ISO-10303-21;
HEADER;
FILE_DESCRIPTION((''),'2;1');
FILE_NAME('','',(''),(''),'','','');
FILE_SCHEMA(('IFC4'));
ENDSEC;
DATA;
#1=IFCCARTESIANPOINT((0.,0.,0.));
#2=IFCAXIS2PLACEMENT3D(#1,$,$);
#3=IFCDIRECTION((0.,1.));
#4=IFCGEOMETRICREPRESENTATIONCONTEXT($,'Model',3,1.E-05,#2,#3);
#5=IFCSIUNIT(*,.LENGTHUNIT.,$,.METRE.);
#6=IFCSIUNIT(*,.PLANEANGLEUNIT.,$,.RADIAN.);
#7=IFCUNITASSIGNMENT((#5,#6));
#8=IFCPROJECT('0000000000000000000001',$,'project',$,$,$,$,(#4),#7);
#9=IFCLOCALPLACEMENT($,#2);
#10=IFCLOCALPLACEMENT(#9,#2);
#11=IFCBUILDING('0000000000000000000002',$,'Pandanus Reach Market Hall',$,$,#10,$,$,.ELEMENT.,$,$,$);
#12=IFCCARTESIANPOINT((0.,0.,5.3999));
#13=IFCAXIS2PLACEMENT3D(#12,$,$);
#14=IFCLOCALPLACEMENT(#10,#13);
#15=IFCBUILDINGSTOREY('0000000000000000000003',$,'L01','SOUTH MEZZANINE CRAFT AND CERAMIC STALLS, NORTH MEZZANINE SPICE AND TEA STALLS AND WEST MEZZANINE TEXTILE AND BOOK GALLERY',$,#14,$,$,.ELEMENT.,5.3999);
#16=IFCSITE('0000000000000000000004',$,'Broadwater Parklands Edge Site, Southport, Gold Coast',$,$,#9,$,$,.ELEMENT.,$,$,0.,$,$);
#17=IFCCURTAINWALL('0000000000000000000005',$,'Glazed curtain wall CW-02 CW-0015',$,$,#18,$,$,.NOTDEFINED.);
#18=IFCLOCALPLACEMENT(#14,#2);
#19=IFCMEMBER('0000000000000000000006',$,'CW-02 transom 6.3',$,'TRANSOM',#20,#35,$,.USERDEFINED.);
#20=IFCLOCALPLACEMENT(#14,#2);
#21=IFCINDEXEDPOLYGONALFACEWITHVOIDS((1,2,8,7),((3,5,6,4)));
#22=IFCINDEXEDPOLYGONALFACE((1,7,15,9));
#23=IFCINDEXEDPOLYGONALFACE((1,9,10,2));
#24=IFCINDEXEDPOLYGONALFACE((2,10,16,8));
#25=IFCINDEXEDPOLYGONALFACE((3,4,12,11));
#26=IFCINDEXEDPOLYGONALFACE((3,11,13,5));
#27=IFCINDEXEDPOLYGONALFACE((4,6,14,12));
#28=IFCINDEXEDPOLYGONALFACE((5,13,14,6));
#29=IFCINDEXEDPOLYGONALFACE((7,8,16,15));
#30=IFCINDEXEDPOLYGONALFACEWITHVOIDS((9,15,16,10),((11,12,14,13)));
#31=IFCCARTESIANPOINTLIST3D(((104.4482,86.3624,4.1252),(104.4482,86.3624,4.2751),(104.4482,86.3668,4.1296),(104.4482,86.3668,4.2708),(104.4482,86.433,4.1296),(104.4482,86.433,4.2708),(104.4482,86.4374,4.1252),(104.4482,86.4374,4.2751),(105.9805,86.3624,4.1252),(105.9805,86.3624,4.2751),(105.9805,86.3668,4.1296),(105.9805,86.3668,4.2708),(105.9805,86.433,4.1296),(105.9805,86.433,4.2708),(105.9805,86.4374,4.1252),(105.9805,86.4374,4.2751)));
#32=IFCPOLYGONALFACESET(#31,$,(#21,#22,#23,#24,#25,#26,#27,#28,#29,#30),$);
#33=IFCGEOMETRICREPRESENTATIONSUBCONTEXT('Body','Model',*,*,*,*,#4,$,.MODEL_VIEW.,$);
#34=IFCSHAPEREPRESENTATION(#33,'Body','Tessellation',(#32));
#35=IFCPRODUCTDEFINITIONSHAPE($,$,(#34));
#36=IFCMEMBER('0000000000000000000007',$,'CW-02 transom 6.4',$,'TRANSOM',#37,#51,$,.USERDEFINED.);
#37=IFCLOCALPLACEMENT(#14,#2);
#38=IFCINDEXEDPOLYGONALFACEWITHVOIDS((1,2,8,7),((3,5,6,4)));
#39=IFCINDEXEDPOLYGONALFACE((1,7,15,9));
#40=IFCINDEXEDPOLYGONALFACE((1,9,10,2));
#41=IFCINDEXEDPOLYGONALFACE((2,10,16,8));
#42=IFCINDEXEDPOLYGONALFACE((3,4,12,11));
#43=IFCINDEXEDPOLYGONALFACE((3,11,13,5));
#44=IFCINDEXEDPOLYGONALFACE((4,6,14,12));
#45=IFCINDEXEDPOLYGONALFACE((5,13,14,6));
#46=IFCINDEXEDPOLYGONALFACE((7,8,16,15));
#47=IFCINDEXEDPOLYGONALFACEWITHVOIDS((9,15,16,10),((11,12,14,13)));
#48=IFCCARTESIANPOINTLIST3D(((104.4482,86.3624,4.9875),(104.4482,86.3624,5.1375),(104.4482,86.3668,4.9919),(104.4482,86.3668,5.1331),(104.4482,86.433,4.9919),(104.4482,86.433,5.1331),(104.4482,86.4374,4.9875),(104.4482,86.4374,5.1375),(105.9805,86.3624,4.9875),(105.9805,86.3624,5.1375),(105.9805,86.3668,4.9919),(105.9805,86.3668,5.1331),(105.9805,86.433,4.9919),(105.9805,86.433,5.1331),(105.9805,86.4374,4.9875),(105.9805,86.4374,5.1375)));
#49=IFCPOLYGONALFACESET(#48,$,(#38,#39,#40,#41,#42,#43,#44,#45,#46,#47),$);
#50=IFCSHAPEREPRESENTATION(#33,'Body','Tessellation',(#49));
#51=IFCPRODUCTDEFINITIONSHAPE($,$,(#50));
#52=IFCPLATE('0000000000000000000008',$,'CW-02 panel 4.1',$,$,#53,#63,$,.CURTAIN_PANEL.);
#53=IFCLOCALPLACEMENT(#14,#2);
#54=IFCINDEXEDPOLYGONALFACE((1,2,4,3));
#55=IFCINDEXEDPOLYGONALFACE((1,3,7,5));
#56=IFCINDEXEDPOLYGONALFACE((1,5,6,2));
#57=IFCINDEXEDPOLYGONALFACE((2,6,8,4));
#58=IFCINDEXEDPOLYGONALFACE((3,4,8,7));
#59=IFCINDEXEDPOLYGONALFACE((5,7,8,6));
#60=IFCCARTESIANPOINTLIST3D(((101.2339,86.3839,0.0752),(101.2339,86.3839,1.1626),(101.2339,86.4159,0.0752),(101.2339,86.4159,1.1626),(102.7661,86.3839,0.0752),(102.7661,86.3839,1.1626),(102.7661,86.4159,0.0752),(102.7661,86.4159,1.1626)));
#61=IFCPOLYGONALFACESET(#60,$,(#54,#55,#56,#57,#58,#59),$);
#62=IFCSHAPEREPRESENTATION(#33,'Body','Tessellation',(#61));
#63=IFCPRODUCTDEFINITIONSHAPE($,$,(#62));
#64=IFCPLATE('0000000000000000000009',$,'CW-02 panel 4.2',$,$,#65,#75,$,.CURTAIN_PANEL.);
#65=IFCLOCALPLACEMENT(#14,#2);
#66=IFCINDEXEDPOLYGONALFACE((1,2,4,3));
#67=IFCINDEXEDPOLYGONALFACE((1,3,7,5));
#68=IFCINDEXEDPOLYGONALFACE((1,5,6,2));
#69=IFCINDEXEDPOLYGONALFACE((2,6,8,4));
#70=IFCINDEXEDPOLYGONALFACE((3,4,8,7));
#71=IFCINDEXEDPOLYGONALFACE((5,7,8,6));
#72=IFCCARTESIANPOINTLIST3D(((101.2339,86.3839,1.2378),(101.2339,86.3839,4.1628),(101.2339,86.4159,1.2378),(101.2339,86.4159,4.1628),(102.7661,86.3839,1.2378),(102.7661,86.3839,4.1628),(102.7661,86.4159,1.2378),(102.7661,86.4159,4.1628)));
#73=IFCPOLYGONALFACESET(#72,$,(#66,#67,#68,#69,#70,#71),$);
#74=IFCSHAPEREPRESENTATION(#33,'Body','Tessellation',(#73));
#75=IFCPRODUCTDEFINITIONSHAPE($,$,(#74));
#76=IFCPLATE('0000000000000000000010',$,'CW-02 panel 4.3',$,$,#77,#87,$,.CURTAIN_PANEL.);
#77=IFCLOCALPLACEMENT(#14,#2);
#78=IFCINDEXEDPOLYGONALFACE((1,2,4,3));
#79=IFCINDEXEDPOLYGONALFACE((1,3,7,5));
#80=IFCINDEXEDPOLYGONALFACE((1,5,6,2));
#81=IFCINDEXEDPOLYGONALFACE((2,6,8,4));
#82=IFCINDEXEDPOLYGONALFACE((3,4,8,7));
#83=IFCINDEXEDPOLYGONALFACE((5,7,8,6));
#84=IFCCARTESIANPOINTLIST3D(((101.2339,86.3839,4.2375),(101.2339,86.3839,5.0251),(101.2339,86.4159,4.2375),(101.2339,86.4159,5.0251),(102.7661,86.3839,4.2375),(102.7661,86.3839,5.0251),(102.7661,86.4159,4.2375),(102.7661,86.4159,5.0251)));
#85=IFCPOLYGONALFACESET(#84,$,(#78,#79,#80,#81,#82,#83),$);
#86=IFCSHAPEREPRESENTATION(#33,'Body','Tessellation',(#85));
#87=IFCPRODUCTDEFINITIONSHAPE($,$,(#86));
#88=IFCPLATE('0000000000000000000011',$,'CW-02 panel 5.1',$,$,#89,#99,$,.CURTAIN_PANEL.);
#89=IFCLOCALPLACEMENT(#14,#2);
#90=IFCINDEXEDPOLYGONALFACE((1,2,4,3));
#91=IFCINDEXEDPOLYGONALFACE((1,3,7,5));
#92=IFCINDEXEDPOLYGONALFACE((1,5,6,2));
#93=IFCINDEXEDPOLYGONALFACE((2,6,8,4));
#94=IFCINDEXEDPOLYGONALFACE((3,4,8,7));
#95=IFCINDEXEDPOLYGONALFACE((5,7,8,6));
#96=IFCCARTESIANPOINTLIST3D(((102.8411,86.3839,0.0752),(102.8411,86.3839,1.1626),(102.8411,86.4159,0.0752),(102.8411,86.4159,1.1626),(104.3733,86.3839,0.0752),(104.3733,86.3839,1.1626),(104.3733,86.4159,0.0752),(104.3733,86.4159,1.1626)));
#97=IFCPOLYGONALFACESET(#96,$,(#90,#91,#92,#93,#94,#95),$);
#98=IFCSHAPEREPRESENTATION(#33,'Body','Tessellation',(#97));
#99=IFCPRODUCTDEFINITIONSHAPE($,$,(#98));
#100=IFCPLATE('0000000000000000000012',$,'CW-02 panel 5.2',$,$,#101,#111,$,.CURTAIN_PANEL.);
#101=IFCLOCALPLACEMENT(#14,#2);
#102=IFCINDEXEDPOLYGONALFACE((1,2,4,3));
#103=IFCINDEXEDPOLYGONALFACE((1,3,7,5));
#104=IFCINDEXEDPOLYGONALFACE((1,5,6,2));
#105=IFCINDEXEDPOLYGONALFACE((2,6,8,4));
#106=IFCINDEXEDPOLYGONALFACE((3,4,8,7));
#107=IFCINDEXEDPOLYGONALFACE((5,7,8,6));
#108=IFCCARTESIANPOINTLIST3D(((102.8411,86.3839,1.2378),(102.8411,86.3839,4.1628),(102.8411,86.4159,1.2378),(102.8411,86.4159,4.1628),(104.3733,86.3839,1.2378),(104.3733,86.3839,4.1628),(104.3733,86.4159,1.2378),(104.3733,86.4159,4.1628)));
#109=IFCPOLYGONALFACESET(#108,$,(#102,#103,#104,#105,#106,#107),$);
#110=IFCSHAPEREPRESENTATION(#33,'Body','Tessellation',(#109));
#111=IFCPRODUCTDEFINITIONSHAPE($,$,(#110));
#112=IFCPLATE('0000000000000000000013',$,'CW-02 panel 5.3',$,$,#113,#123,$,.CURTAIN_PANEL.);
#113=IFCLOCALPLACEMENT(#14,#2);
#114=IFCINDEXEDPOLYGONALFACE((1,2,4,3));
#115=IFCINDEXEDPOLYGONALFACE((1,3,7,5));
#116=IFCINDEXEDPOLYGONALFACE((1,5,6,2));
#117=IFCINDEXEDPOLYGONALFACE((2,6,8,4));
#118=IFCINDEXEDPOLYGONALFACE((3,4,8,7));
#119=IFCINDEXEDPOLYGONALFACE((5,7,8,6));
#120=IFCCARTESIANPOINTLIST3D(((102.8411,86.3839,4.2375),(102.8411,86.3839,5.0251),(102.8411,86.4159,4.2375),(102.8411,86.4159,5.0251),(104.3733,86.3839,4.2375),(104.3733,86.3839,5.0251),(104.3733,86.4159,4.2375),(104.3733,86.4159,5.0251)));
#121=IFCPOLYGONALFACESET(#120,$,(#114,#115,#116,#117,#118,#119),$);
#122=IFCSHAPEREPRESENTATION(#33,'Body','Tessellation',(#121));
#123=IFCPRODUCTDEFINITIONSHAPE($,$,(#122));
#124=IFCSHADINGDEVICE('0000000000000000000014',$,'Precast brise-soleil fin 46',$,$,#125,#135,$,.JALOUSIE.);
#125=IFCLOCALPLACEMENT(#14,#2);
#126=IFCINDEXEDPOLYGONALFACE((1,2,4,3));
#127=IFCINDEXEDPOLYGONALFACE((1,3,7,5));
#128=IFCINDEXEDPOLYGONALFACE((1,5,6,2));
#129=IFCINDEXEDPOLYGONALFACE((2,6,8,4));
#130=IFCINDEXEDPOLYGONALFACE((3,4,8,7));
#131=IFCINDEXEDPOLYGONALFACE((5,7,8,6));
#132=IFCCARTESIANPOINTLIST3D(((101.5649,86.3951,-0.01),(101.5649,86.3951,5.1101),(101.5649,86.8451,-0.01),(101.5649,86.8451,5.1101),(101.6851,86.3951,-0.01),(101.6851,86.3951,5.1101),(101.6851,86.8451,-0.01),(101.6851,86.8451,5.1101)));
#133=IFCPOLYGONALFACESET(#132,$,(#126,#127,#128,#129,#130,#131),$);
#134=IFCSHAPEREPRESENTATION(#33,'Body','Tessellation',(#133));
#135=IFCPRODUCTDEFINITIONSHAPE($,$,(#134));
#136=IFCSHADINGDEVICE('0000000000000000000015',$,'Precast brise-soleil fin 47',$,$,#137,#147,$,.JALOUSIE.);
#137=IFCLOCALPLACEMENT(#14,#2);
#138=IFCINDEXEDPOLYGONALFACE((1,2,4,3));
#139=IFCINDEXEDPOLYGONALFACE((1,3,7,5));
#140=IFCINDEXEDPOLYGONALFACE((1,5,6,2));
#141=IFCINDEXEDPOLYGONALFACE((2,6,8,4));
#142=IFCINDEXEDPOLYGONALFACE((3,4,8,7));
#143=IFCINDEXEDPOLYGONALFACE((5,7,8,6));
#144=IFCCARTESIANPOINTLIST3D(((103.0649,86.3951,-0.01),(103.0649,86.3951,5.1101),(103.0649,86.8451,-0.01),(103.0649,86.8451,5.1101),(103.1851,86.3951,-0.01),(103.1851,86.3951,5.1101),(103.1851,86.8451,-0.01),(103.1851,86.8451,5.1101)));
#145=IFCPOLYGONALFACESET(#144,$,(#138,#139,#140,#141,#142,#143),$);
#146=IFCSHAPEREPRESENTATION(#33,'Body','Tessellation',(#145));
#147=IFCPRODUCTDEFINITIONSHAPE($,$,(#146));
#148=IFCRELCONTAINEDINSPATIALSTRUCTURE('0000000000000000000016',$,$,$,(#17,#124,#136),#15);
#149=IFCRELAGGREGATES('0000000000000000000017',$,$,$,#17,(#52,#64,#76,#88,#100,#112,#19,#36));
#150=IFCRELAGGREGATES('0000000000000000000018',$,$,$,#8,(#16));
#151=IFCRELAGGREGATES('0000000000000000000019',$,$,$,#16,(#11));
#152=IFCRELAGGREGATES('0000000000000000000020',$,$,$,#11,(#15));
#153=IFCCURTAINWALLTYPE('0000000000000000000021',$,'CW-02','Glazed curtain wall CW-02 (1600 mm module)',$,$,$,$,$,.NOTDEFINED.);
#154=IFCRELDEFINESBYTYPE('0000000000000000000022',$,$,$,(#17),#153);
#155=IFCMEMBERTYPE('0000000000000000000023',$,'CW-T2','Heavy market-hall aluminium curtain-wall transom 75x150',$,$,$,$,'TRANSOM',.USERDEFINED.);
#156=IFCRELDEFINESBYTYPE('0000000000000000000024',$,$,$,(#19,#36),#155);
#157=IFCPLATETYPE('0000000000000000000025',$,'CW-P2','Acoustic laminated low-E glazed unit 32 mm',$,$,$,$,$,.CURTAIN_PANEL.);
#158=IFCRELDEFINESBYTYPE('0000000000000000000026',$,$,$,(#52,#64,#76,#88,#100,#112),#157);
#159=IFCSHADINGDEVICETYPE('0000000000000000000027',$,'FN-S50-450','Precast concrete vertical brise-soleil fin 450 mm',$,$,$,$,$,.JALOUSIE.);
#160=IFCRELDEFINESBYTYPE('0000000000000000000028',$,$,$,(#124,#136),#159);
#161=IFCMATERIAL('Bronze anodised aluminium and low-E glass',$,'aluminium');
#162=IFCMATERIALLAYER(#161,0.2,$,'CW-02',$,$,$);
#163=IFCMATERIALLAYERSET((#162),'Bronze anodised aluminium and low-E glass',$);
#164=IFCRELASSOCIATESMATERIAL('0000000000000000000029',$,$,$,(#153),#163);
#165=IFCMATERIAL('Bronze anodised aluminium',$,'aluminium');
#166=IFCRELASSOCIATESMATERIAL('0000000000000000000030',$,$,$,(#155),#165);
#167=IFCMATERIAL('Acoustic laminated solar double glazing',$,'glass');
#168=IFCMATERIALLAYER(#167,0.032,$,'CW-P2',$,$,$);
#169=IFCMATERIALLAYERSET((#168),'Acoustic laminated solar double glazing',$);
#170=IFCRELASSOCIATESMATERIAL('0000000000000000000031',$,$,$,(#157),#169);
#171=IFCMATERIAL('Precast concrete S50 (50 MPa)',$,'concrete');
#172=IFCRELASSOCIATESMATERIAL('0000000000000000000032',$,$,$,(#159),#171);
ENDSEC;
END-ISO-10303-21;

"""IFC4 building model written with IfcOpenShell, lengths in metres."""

from ifc_helpers import new_model, si_unit, direction, frame, origin, origin_2d, place, context, subcontext, project, spatial, rectangle, hollow_rectangle, extrude, material, layer, layer_set, material_profile, profile_set, type_object, element, aggregate, save


model = new_model("IFC4")

# Units and contexts
model_context = context("Model", 3, precision=1e-05, world=origin(), true_north=direction((0.0, 1.0)))
body_context = subcontext(model_context, "Body", "Model", "MODEL_VIEW")
ifc_project = project(units=[si_unit("LENGTHUNIT", "METRE"), si_unit("PLANEANGLEUNIT", "RADIAN")], contexts=[model_context])

# Site, building, storey
site_placement = place(None, origin())
site = spatial("IfcSite", under=ifc_project, at=site_placement, Name="Broadwater Parklands Edge Site, Southport, Gold Coast", CompositionType="ELEMENT", RefElevation=0.0)
building_placement = place(site_placement, origin())
building = spatial("IfcBuilding", under=site, at=building_placement, Name="Pandanus Reach Market Hall", CompositionType="ELEMENT")
storey_placement = place(building_placement, frame((0.0, 0.0, 5.3999)))
storey = spatial("IfcBuildingStorey", under=building, at=storey_placement, Name="L01", Description="SOUTH MEZZANINE CRAFT AND CERAMIC STALLS, NORTH MEZZANINE SPICE AND TEA STALLS AND WEST MEZZANINE TEXTILE AND BOOK GALLERY", CompositionType="ELEMENT", Elevation=5.3999)

# Curtain wall, members, plates
ifc_material_1 = material(Name="Bronze anodised aluminium and low-E glass", Category="aluminium")
ifc_layer_1 = layer(ifc_material_1, 0.2, Name="CW-02")
ifc_layer_set_1 = layer_set([ifc_layer_1], Name="Bronze anodised aluminium and low-E glass")
curtain_wall_type = type_object("IfcCurtainWallType", Name="CW-02", Description="Glazed curtain wall CW-02 (1600 mm module)", PredefinedType="NOTDEFINED", material=ifc_layer_set_1)
curtain_wall_placement = place(storey_placement, origin())
curtain_wall = element("IfcCurtainWall", 1, at=curtain_wall_placement, inside=storey, type_object=curtain_wall_type, Name="Glazed curtain wall CW-02 CW-0015", PredefinedType="NOTDEFINED")
ifc_material_2 = material(Name="Bronze anodised aluminium", Category="aluminium")
ifc_material_profile_1 = material_profile(ifc_material_2, hollow_rectangle(XDim=0.075, YDim=0.1499, WallThickness=0.0044, at=origin_2d()), Name="ALU75x150", Category="LoadBearing")
ifc_profile_set_1 = profile_set([ifc_material_profile_1], Name="Bronze anodised aluminium")
member_type_1 = type_object("IfcMemberType", Name="CW-T2", Description="Heavy market-hall aluminium curtain-wall transom 75x150", ElementType="TRANSOM", PredefinedType="USERDEFINED", material=ifc_profile_set_1)
member_1_placement = place(storey_placement, frame((104.4482, 86.3999, 4.2002), z_axis=(1.0, 0.0, 0.0), x_axis=(0.0, 1.0, 0.0)))
member_1 = element("IfcMember", 2, at=member_1_placement, type_object=member_type_1, Name="CW-02 transom 6.3", ObjectType="TRANSOM", PredefinedType="USERDEFINED", context=body_context, shape_type="SweptSolid", body=[
    extrude(hollow_rectangle(XDim=0.075, YDim=0.1499, WallThickness=0.0044, at=origin_2d()), origin(), (0.0, 0.0, 1.0), 1.5322),
])
member_2_placement = place(storey_placement, frame((104.4482, 86.3999, 5.0625), z_axis=(1.0, 0.0, 0.0), x_axis=(0.0, 1.0, 0.0)))
member_2 = element("IfcMember", 3, at=member_2_placement, type_object=member_type_1, Name="CW-02 transom 6.4", ObjectType="TRANSOM", PredefinedType="USERDEFINED", context=body_context, shape_type="SweptSolid", body=[
    extrude(hollow_rectangle(XDim=0.075, YDim=0.1499, WallThickness=0.0044, at=origin_2d()), origin(), (0.0, 0.0, 1.0), 1.5322),
])
ifc_material_3 = material(Name="Acoustic laminated solar double glazing", Category="glass")
ifc_layer_2 = layer(ifc_material_3, 0.032, Name="CW-P2")
ifc_layer_set_2 = layer_set([ifc_layer_2], Name="Acoustic laminated solar double glazing")
plate_type = type_object("IfcPlateType", Name="CW-P2", Description="Acoustic laminated low-E glazed unit 32 mm", PredefinedType="CURTAIN_PANEL", material=ifc_layer_set_2)
plate_1_placement = place(storey_placement, frame((102.0, 86.3999, 0.0752), z_axis=(0.0, 0.0, 1.0), x_axis=(1.0, 0.0, 0.0)))
plate_1 = element("IfcPlate", 4, at=plate_1_placement, type_object=plate_type, Name="CW-02 panel 4.1", PredefinedType="CURTAIN_PANEL", context=body_context, shape_type="SweptSolid", body=[
    extrude(rectangle(XDim=1.5322, YDim=0.032, at=origin_2d()), origin(), (0.0, 0.0, 1.0), 1.0874),
])
plate_2_placement = place(storey_placement, frame((102.0, 86.3999, 1.2378), z_axis=(0.0, 0.0, 1.0), x_axis=(1.0, 0.0, 0.0)))
plate_2 = element("IfcPlate", 5, at=plate_2_placement, type_object=plate_type, Name="CW-02 panel 4.2", PredefinedType="CURTAIN_PANEL", context=body_context, shape_type="SweptSolid", body=[
    extrude(rectangle(XDim=1.5322, YDim=0.032, at=origin_2d()), origin(), (0.0, 0.0, 1.0), 2.925),
])
plate_3_placement = place(storey_placement, frame((102.0, 86.3999, 4.2375), z_axis=(0.0, 0.0, 1.0), x_axis=(1.0, 0.0, 0.0)))
plate_3 = element("IfcPlate", 6, at=plate_3_placement, type_object=plate_type, Name="CW-02 panel 4.3", PredefinedType="CURTAIN_PANEL", context=body_context, shape_type="SweptSolid", body=[
    extrude(rectangle(XDim=1.5322, YDim=0.032, at=origin_2d()), origin(), (0.0, 0.0, 1.0), 0.7876),
])
plate_4_placement = place(storey_placement, frame((103.6072, 86.3999, 0.0752), z_axis=(0.0, 0.0, 1.0), x_axis=(1.0, 0.0, 0.0)))
plate_4 = element("IfcPlate", 7, at=plate_4_placement, type_object=plate_type, Name="CW-02 panel 5.1", PredefinedType="CURTAIN_PANEL", context=body_context, shape_type="SweptSolid", body=[
    extrude(rectangle(XDim=1.5322, YDim=0.032, at=origin_2d()), origin(), (0.0, 0.0, 1.0), 1.0874),
])
plate_5_placement = place(storey_placement, frame((103.6072, 86.3999, 1.2378), z_axis=(0.0, 0.0, 1.0), x_axis=(1.0, 0.0, 0.0)))
plate_5 = element("IfcPlate", 8, at=plate_5_placement, type_object=plate_type, Name="CW-02 panel 5.2", PredefinedType="CURTAIN_PANEL", context=body_context, shape_type="SweptSolid", body=[
    extrude(rectangle(XDim=1.5322, YDim=0.032, at=origin_2d()), origin(), (0.0, 0.0, 1.0), 2.925),
])
plate_6_placement = place(storey_placement, frame((103.6072, 86.3999, 4.2375), z_axis=(0.0, 0.0, 1.0), x_axis=(1.0, 0.0, 0.0)))
plate_6 = element("IfcPlate", 9, at=plate_6_placement, type_object=plate_type, Name="CW-02 panel 5.3", PredefinedType="CURTAIN_PANEL", context=body_context, shape_type="SweptSolid", body=[
    extrude(rectangle(XDim=1.5322, YDim=0.032, at=origin_2d()), origin(), (0.0, 0.0, 1.0), 0.7876),
])
aggregate(curtain_wall, [plate_1, plate_2, plate_3, plate_4, plate_5, plate_6, member_1, member_2])

# Shading devices
ifc_material_4 = material(Name="Precast concrete S50 (50 MPa)", Category="concrete")
shading_device_type = type_object("IfcShadingDeviceType", Name="FN-S50-450", Description="Precast concrete vertical brise-soleil fin 450 mm", PredefinedType="JALOUSIE", material=ifc_material_4)
for number, where, z_axis, x_axis, name in (
    (10, (101.625, 86.6201, -0.01), (0.0, 0.0, 1.0), (0.0, 1.0, 0.0), "Precast brise-soleil fin 46"),
    (11, (103.125, 86.6201, -0.01), (0.0, 0.0, 1.0), (0.0, 1.0, 0.0), "Precast brise-soleil fin 47"),
):
    element("IfcShadingDevice", number, at=place(storey_placement, frame(where, z_axis=z_axis, x_axis=x_axis)), inside=storey, type_object=shading_device_type, Name=name, PredefinedType="JALOUSIE", context=body_context, shape_type="SweptSolid", body=[
        extrude(rectangle(XDim=0.45, YDim=0.1201, at=origin_2d()), origin(), (0.0, 0.0, 1.0), 5.1201),
    ])

save(model, "model.ifc")
